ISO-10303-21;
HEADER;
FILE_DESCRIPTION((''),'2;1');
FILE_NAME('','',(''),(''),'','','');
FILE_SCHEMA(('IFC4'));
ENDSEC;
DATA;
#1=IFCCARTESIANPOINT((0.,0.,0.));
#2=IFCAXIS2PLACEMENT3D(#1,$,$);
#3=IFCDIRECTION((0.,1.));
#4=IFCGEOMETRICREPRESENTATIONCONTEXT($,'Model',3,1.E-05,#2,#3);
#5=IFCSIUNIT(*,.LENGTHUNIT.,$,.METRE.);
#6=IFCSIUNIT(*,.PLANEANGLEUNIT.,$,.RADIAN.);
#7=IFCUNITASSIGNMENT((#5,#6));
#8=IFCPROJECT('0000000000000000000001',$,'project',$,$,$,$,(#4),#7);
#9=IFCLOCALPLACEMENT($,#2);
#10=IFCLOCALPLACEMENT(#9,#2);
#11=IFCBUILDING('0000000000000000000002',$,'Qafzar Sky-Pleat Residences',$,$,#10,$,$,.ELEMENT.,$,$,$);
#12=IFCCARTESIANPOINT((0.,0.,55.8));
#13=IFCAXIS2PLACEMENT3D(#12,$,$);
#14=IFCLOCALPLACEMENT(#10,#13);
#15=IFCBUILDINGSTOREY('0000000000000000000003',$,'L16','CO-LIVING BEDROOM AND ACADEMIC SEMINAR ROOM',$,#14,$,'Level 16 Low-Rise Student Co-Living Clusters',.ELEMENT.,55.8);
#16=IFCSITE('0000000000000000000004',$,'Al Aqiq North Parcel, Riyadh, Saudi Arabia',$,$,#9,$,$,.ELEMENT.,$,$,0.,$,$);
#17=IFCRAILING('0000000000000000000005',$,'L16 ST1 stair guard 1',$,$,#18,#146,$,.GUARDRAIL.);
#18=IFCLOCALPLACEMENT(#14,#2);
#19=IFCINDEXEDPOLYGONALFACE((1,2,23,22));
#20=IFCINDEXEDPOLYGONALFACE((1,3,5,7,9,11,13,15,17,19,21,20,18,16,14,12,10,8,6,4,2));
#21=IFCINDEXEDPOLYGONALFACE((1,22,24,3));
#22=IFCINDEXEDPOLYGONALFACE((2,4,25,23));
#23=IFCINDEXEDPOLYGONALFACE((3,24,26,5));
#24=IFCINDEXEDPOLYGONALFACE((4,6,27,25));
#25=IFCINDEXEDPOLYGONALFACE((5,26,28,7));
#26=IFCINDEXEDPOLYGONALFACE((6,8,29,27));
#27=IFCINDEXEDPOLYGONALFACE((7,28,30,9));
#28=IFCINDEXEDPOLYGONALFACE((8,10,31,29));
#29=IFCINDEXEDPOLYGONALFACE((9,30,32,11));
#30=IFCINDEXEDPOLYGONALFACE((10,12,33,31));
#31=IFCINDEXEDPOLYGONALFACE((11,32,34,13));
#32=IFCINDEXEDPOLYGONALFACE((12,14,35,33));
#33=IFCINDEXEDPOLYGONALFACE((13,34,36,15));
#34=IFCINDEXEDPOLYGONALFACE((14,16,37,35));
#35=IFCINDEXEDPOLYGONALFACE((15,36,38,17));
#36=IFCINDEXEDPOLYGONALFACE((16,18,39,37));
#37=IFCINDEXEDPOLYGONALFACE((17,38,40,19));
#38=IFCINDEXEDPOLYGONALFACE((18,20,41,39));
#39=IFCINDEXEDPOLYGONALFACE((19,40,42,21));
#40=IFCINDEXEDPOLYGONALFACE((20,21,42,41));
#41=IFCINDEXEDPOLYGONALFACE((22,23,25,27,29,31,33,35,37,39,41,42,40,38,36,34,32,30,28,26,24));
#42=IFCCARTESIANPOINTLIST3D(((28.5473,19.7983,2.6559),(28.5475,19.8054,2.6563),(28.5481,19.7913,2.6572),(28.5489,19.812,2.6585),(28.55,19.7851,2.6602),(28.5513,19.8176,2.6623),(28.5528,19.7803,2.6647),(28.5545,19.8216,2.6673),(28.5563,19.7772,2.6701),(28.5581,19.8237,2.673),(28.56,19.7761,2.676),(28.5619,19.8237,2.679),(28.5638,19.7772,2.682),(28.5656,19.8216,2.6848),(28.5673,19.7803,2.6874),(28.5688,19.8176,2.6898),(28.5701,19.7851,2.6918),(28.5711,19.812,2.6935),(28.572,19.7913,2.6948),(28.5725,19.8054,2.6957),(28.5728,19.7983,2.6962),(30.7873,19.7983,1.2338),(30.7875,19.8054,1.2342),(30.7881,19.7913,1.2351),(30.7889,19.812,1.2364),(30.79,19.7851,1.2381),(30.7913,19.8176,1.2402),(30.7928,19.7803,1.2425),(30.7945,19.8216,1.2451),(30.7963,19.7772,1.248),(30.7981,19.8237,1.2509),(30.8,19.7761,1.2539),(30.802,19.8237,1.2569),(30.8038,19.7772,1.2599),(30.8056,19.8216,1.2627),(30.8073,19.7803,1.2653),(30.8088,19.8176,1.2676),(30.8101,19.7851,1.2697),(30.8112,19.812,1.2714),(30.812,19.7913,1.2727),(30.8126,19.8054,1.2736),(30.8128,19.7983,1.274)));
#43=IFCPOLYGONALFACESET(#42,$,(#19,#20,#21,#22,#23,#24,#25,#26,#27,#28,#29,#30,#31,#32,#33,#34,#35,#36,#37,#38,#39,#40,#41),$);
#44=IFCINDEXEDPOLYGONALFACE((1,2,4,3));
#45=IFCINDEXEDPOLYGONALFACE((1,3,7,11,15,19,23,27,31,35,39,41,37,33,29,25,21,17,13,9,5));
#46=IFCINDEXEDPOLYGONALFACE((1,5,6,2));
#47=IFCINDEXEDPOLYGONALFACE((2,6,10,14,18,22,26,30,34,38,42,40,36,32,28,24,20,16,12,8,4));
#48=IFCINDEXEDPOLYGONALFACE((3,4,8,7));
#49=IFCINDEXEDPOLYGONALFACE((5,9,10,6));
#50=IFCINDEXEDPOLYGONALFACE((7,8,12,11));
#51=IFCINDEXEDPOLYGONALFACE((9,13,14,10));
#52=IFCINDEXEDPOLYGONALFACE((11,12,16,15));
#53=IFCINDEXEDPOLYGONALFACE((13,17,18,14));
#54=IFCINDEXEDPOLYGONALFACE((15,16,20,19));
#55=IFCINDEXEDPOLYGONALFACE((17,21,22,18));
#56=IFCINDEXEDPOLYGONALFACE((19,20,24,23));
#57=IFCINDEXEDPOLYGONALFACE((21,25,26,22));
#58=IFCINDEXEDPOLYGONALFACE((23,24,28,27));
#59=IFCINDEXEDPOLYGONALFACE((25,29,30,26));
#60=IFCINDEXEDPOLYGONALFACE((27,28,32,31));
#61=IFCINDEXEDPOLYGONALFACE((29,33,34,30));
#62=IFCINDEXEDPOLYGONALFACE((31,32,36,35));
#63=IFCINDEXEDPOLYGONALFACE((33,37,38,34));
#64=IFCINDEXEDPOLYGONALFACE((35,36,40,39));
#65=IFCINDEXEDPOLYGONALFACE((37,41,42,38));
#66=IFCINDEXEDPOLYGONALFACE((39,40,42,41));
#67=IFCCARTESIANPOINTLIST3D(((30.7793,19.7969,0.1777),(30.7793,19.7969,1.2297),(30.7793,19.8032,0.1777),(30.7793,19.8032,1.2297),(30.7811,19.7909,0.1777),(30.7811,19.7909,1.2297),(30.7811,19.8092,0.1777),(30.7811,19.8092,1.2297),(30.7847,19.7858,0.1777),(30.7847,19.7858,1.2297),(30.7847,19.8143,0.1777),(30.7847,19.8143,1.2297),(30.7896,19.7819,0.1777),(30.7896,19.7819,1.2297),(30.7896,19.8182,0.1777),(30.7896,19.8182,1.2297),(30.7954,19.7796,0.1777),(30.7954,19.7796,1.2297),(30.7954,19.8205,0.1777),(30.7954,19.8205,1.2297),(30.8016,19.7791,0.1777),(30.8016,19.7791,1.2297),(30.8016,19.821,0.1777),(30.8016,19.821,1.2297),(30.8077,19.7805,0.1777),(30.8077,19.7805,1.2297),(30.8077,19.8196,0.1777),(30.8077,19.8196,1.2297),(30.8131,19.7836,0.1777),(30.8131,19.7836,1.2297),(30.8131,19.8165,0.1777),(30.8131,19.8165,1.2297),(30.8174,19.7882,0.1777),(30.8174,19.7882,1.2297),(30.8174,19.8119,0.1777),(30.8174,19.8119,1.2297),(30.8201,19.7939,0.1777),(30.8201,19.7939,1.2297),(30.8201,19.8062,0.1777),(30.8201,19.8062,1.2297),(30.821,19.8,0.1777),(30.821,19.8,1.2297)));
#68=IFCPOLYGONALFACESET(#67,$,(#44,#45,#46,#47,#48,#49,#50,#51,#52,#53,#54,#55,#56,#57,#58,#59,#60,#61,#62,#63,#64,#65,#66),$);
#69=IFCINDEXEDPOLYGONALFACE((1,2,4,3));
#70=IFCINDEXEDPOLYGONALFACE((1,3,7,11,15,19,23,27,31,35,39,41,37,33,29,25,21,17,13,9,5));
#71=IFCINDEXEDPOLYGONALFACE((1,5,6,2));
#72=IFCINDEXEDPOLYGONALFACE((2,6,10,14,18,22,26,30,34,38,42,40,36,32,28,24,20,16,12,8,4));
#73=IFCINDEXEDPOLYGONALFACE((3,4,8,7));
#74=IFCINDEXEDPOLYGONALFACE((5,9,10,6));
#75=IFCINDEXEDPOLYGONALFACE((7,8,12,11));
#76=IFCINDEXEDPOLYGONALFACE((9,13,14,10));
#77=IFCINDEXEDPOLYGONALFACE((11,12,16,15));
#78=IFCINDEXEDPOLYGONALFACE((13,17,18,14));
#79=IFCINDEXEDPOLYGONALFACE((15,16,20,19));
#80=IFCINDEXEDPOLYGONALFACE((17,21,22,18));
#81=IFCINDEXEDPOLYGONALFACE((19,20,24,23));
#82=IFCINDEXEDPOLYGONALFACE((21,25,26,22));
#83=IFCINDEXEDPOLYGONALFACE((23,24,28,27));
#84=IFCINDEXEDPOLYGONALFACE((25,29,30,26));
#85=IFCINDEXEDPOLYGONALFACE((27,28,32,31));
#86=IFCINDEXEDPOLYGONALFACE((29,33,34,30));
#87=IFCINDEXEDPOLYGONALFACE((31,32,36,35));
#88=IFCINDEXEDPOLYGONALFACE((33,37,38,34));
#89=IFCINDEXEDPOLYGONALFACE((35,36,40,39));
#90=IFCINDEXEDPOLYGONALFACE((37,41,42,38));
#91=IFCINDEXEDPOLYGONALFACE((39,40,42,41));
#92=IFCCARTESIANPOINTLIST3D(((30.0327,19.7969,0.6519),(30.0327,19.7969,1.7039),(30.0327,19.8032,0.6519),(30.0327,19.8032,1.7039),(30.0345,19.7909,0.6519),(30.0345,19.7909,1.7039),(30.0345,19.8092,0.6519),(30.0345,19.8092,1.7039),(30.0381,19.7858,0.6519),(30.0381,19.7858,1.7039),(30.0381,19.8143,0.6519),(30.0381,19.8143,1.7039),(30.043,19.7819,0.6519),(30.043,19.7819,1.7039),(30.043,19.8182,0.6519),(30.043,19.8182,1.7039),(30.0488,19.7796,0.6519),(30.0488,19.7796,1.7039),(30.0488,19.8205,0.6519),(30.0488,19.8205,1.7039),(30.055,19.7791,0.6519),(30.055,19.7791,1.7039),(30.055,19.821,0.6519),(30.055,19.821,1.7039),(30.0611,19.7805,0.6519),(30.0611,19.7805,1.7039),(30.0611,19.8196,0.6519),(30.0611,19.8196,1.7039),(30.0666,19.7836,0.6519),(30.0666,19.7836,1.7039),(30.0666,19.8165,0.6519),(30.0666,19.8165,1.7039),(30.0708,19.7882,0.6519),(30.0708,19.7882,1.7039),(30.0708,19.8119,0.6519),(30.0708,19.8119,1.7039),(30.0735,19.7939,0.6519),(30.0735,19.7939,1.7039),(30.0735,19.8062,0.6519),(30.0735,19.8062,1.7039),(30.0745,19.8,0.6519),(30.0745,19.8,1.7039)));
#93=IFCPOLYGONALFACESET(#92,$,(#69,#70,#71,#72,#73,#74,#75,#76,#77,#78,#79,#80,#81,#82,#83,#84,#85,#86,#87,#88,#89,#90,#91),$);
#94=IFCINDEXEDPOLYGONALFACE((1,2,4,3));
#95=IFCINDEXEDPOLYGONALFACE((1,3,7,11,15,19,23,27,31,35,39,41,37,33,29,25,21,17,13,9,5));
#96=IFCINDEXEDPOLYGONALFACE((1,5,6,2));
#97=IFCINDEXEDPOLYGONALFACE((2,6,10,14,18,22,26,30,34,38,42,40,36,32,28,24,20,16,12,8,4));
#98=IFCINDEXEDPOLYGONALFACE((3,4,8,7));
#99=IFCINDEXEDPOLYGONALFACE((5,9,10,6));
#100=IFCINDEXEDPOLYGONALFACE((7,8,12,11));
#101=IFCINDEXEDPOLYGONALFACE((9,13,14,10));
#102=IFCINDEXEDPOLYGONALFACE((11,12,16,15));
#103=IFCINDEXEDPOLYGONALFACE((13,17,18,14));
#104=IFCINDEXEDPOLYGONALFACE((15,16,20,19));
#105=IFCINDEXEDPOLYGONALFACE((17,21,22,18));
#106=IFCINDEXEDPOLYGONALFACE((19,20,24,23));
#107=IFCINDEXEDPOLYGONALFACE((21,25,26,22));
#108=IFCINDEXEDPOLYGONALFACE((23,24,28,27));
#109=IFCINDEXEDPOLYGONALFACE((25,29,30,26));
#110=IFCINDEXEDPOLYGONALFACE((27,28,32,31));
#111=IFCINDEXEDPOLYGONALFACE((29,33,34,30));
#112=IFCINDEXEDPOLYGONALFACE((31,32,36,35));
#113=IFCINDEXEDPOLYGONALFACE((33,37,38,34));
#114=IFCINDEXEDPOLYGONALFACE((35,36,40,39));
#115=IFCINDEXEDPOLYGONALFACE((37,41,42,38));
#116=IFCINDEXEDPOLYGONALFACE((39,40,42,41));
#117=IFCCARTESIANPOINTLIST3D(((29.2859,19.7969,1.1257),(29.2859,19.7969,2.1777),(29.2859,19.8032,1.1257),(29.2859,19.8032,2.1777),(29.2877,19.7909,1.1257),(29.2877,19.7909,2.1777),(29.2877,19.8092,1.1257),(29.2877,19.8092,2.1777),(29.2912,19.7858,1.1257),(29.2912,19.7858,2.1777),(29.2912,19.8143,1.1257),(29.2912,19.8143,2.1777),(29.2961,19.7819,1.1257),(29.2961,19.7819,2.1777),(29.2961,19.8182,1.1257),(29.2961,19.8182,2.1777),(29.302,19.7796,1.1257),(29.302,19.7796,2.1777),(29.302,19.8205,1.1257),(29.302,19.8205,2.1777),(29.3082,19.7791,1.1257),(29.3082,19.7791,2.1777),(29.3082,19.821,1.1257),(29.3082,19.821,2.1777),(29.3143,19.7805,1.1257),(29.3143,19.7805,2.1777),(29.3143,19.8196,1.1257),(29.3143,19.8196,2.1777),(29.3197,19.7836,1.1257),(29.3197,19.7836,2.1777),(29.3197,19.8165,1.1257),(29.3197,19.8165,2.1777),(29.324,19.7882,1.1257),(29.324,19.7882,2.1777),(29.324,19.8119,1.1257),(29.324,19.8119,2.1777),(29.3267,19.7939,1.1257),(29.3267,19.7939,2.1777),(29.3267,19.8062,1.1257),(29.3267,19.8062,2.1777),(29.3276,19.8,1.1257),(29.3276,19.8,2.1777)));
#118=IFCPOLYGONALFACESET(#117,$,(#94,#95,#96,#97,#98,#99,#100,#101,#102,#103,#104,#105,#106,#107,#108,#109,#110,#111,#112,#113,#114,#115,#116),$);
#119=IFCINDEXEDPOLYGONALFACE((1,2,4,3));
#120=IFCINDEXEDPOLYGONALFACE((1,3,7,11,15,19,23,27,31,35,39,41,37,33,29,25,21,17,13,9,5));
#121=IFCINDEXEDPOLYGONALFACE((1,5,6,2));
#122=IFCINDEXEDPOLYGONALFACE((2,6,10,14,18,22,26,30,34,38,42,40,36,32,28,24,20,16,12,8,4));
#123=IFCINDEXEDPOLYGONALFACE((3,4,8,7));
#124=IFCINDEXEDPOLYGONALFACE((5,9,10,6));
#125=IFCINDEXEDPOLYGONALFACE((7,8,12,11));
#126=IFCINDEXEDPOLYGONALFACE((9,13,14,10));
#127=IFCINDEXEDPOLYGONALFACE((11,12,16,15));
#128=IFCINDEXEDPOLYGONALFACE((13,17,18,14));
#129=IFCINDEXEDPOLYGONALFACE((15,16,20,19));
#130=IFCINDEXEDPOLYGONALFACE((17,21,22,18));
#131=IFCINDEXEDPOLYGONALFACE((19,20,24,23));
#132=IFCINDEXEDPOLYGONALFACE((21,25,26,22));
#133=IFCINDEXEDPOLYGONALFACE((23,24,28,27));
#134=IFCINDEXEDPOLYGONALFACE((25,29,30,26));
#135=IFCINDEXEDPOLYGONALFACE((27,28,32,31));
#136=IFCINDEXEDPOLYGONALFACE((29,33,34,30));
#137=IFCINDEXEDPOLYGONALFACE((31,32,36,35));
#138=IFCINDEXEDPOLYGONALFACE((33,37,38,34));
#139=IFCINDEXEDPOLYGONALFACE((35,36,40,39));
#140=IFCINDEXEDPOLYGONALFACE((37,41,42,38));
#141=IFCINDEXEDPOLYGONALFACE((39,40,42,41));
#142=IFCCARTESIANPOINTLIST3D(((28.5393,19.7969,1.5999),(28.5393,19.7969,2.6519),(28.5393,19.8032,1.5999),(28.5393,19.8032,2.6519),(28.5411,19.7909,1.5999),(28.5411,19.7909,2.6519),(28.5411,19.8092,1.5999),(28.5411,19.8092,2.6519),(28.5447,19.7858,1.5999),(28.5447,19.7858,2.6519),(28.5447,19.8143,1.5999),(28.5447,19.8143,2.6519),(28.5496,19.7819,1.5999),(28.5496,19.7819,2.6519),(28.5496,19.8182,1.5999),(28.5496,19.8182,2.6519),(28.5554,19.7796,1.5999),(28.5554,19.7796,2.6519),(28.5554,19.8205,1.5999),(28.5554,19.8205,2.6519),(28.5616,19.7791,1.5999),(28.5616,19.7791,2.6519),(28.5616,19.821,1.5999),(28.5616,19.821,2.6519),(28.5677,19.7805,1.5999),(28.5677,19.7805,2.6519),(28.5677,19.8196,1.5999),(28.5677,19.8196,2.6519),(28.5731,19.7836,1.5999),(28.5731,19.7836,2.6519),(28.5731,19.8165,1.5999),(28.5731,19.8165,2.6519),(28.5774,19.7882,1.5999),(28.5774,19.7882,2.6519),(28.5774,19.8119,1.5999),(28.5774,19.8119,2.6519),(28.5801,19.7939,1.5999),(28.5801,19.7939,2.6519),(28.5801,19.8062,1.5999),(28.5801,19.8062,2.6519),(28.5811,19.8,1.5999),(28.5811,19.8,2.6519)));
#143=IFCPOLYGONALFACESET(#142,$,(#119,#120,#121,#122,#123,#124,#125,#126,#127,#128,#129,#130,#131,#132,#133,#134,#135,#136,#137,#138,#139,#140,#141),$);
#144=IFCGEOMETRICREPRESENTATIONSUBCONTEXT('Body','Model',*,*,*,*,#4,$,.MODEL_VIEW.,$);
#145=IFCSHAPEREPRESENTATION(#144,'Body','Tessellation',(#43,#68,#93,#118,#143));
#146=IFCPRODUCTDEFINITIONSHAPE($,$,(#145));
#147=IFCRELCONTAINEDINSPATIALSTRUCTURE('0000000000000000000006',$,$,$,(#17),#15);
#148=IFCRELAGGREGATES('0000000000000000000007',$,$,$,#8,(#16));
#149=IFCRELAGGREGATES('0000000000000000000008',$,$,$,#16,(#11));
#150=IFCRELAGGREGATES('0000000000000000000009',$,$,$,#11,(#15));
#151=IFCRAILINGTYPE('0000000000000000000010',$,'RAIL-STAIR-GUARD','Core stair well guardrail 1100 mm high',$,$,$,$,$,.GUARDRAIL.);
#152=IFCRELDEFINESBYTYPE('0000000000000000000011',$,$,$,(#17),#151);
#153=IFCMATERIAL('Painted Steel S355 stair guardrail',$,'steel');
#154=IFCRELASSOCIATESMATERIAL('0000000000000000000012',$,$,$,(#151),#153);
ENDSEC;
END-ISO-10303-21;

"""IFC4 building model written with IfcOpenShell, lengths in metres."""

from ifc_helpers import new_model, si_unit, direction, frame, origin, origin_2d, place, context, subcontext, project, spatial, circle, extrude, source, transform, mapped, material, type_object, element, save


model = new_model("IFC4")

# Units and contexts
model_context = context("Model", 3, precision=1e-05, world=origin(), true_north=direction((0.0, 1.0)))
body_context = subcontext(model_context, "Body", "Model", "MODEL_VIEW")
ifc_project = project(units=[si_unit("LENGTHUNIT", "METRE"), si_unit("PLANEANGLEUNIT", "RADIAN")], contexts=[model_context])

# Site, building, storey
site_placement = place(None, origin())
site = spatial("IfcSite", under=ifc_project, at=site_placement, Name="Al Aqiq North Parcel, Riyadh, Saudi Arabia", CompositionType="ELEMENT", RefElevation=0.0)
building_placement = place(site_placement, origin())
building = spatial("IfcBuilding", under=site, at=building_placement, Name="Qafzar Sky-Pleat Residences", CompositionType="ELEMENT")
storey_placement = place(building_placement, frame((0.0, 0.0, 55.8)))
storey = spatial("IfcBuildingStorey", under=building, at=storey_placement, Name="L16", Description="CO-LIVING BEDROOM AND ACADEMIC SEMINAR ROOM", LongName="Level 16 Low-Rise Student Co-Living Clusters", CompositionType="ELEMENT", Elevation=55.8)

# Railing
ifc_material_1 = material(Name="Painted Steel S355 stair guardrail", Category="steel")
railing_type_1 = type_object("IfcRailingType", Name="RAIL-STAIR-GUARD", Description="Core stair well guardrail 1100 mm high", PredefinedType="GUARDRAIL", material=ifc_material_1)
shared_shape_1 = source(origin(), body_context, "Body", "SweptSolid", [
    extrude(circle(Radius=0.0239, at=origin_2d()), frame((0.0, 0.0, 1.0762), z_axis=(-0.844229, 0.0, 0.535982), x_axis=(0.0, -1.0, 0.0)), (0.0, 0.0, 1.0), 2.6533),
    extrude(circle(Radius=0.021, at=origin_2d()), origin(), (0.0, 0.0, 1.0), 1.052),
    extrude(circle(Radius=0.021, at=origin_2d()), frame((-0.7466, 0.0, 0.4741)), (0.0, 0.0, 1.0), 1.052),
    extrude(circle(Radius=0.021, at=origin_2d()), frame((-1.4934, 0.0, 0.948)), (0.0, 0.0, 1.0), 1.052),
    extrude(circle(Radius=0.021, at=origin_2d()), frame((-2.24, 0.0, 1.4221)), (0.0, 0.0, 1.0), 1.052),
])
railing_1_placement = place(storey_placement, frame((30.8, 19.8, 0.1777)))
element("IfcRailing", 1, at=railing_1_placement, inside=storey, type_object=railing_type_1, Name="L16 ST1 stair guard 1", PredefinedType="GUARDRAIL", context=body_context, shape_type="MappedRepresentation", body=[
    mapped(shared_shape_1, transform((0.0, 0.0, 0.0), x_axis=(1.0, 0.0, 0.0), y_axis=(0.0, 1.0, 0.0), z_axis=(0.0, 0.0, 1.0), scale=1.0)),
])

save(model, "model.ifc")
